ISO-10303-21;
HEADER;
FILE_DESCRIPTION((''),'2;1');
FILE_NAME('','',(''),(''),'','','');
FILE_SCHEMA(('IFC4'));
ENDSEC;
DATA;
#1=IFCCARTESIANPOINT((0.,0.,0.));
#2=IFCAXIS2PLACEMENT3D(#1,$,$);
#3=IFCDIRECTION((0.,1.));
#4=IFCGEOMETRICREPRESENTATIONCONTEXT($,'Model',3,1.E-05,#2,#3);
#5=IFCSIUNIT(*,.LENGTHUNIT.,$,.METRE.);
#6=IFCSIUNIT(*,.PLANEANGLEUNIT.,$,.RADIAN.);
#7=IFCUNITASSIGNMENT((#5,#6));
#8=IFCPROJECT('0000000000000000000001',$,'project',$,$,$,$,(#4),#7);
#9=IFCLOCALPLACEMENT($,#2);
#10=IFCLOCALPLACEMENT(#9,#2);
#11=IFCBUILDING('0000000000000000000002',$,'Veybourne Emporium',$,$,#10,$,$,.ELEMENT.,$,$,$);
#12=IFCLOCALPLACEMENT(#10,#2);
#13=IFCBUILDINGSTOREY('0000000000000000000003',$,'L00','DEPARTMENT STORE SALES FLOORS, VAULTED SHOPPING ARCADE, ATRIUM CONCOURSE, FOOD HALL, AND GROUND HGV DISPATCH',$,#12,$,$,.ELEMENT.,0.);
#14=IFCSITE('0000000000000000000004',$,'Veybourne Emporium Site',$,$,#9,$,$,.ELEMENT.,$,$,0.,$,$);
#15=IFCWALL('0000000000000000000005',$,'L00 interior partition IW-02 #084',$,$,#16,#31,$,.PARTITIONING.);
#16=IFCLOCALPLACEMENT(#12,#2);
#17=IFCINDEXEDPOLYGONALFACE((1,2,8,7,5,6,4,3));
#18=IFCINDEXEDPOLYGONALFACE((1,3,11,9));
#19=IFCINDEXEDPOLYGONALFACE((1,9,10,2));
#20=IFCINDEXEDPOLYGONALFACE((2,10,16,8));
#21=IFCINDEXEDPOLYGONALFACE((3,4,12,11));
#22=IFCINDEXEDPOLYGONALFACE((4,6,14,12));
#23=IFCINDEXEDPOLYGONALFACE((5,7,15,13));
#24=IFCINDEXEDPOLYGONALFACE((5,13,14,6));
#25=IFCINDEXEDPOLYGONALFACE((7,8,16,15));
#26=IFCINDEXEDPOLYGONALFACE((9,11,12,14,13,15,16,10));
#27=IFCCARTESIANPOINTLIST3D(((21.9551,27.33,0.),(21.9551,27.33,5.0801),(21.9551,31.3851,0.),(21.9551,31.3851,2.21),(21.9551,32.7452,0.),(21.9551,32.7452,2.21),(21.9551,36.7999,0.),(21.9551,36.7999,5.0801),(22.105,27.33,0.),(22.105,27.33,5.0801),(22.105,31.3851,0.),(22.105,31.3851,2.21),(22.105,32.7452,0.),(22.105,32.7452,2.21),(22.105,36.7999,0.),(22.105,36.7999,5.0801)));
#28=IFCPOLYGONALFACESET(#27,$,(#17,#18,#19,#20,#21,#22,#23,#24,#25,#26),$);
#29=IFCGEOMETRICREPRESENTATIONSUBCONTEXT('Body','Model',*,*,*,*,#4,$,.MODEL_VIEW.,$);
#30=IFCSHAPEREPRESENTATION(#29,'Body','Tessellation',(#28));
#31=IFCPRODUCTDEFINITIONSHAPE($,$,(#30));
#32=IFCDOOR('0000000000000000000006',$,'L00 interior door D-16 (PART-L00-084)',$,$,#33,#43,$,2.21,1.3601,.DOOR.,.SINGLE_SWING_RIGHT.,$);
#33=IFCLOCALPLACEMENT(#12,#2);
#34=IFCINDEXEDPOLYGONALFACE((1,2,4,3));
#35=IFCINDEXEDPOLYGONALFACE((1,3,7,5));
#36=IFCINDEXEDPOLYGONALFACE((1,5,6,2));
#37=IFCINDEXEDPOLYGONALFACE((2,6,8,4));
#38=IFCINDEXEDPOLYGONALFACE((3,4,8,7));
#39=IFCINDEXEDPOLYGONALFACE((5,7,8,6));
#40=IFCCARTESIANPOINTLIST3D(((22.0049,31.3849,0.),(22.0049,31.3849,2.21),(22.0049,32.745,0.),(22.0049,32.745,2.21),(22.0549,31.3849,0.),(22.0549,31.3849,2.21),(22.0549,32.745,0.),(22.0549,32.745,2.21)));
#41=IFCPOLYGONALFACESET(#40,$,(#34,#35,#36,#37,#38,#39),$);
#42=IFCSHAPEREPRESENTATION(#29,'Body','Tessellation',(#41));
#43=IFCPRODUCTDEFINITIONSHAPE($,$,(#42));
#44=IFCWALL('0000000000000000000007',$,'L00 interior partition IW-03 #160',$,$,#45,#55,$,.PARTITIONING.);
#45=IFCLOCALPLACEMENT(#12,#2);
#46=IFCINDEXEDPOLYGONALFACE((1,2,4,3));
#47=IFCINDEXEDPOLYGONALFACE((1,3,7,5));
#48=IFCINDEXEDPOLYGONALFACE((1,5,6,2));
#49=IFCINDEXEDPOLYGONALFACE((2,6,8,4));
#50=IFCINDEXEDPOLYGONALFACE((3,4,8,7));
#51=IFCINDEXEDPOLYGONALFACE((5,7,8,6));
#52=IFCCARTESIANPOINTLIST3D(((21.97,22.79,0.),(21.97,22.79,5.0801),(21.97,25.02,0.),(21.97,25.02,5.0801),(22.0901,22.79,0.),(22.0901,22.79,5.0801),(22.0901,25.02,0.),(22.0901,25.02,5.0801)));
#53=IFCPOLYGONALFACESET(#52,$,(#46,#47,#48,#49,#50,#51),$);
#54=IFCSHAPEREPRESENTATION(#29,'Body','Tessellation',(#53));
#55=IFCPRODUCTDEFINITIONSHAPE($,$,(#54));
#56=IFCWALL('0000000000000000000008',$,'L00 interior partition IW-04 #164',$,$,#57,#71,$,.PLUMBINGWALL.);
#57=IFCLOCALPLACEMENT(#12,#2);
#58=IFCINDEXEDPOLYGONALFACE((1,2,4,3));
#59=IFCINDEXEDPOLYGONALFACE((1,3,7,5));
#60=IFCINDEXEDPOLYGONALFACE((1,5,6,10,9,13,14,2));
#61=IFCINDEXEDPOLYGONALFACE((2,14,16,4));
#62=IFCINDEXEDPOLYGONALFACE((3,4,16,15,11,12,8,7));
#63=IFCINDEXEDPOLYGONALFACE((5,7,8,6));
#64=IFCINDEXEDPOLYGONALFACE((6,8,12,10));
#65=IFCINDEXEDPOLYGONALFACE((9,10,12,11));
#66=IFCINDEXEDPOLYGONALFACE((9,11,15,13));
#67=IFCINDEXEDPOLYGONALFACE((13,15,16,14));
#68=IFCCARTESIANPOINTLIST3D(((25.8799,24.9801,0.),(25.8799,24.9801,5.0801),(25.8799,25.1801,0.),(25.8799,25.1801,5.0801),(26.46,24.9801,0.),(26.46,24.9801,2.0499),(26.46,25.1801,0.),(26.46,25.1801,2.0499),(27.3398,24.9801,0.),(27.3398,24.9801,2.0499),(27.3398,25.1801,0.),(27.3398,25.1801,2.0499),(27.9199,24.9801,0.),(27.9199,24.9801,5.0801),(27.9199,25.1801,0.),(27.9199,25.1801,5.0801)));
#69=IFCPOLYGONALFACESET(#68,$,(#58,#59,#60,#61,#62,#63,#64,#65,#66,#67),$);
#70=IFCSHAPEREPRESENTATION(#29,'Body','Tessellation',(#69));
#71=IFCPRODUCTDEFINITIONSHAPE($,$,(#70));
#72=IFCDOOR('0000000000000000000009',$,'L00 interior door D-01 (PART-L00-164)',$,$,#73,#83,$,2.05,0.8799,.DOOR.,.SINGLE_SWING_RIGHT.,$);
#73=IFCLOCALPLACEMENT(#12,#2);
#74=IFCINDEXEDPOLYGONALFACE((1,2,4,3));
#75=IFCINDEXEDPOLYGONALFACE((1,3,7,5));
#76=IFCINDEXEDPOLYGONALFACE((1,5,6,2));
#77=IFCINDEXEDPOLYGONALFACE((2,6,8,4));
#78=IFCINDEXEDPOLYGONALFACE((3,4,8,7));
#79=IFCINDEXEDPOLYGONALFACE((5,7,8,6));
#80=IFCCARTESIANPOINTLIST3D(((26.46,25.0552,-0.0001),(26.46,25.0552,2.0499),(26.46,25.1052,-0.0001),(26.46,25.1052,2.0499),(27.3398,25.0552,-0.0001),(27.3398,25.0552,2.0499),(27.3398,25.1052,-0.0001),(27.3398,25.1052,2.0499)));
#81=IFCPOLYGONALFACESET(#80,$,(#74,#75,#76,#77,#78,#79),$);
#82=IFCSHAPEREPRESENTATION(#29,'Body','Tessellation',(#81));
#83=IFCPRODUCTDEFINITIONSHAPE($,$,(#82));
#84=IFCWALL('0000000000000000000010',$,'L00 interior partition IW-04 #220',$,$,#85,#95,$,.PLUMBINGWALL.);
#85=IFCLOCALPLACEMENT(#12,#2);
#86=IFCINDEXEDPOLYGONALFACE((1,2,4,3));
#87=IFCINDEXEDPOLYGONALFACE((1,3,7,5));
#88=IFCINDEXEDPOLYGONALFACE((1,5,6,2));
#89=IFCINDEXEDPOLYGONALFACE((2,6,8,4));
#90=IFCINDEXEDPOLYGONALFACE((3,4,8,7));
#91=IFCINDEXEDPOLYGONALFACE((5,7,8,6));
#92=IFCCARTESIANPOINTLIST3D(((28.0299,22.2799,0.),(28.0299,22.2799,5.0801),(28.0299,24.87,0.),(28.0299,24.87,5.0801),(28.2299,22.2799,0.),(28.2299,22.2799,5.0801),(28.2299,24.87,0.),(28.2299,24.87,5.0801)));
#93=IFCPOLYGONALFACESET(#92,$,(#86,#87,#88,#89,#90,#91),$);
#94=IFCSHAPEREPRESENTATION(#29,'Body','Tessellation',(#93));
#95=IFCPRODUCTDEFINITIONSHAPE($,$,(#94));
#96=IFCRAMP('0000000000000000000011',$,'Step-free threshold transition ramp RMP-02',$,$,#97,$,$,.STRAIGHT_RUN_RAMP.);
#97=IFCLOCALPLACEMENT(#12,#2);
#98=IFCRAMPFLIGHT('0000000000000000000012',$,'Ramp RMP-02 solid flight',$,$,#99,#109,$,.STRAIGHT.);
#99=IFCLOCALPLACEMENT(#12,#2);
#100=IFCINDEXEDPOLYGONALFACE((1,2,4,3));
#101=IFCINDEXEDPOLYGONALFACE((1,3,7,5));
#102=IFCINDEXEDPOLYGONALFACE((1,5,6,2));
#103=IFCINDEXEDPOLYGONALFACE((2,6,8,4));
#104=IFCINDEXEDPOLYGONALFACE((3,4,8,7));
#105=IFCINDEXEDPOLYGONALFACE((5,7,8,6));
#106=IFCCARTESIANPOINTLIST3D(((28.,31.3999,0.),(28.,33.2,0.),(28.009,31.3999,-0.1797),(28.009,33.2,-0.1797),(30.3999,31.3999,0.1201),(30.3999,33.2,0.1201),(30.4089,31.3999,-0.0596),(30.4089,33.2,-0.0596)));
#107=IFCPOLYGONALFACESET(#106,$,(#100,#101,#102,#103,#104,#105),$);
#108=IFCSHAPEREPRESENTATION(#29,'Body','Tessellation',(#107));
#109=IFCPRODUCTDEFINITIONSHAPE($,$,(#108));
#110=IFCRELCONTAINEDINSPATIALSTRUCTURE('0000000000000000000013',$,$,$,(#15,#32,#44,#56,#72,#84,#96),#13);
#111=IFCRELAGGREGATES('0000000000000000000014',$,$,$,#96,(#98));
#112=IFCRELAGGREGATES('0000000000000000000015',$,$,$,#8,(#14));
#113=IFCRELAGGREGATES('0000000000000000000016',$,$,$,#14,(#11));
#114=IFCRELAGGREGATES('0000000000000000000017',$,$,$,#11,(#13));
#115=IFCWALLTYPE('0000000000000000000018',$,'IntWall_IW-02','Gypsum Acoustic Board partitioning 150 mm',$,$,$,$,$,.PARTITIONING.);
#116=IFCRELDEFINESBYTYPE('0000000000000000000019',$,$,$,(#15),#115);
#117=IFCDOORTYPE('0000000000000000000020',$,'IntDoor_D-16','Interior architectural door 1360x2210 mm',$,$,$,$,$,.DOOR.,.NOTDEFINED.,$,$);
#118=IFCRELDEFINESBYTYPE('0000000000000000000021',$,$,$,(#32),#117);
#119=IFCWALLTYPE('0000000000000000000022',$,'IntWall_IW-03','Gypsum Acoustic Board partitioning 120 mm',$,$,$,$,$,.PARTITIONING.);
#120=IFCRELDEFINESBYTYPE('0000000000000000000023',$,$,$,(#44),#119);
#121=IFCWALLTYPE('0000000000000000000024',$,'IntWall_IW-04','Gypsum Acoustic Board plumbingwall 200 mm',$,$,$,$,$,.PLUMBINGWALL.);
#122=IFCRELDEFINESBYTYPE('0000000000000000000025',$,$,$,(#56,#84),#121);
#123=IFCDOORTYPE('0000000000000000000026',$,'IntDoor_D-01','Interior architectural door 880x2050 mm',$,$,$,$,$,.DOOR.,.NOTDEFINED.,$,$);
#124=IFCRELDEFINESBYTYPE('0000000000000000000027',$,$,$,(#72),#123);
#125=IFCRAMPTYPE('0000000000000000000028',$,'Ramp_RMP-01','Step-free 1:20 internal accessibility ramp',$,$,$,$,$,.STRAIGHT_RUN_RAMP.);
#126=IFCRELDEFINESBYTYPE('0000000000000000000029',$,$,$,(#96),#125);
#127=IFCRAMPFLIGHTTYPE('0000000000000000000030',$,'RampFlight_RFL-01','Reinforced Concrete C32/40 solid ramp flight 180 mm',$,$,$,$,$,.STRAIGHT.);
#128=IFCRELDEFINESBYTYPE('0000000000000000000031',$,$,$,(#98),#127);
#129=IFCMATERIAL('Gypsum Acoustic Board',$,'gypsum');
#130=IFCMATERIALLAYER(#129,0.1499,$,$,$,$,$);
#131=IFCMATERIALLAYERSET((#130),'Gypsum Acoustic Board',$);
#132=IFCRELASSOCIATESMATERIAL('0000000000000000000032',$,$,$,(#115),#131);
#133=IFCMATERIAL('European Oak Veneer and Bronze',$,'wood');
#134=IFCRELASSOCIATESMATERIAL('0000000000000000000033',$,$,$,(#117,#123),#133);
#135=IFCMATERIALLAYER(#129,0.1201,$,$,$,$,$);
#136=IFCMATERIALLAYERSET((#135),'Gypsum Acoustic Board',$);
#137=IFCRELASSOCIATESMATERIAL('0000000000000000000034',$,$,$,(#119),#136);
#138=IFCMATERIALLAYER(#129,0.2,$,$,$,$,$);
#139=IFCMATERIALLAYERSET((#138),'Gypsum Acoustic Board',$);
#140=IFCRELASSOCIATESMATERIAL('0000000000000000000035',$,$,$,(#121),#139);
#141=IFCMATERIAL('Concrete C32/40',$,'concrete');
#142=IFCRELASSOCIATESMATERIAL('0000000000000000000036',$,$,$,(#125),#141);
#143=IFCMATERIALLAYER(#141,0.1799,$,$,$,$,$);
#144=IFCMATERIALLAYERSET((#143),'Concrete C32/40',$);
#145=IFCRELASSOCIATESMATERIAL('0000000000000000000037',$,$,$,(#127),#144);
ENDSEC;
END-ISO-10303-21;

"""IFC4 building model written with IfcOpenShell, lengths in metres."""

from ifc_helpers import new_model, si_unit, direction, frame, frame_2d, origin, place, context, subcontext, project, spatial, polyline, rectangle, outline, extrude, material, layer, layer_set, type_object, element, fill, aggregate, save


model = new_model("IFC4")

# Units and contexts
model_context = context("Model", 3, precision=1e-05, world=origin(), true_north=direction((0.0, 1.0)))
body_context = subcontext(model_context, "Body", "Model", "MODEL_VIEW")
ifc_project = project(units=[si_unit("LENGTHUNIT", "METRE"), si_unit("PLANEANGLEUNIT", "RADIAN")], contexts=[model_context])

# Site, building, storey
site_placement = place(None, origin())
site = spatial("IfcSite", under=ifc_project, at=site_placement, Name="Veybourne Emporium Site", CompositionType="ELEMENT", RefElevation=0.0)
building_placement = place(site_placement, origin())
building = spatial("IfcBuilding", under=site, at=building_placement, Name="Veybourne Emporium", CompositionType="ELEMENT")
storey_placement = place(building_placement, origin())
storey = spatial("IfcBuildingStorey", under=building, at=storey_placement, Name="L00", Description="DEPARTMENT STORE SALES FLOORS, VAULTED SHOPPING ARCADE, ATRIUM CONCOURSE, FOOD HALL, AND GROUND HGV DISPATCH", CompositionType="ELEMENT", Elevation=0.0)

# Shared definitions
ifc_material_1 = material(Name="Concrete C32/40", Category="concrete")

# Wall, opening, door
ifc_material_2 = material(Name="Gypsum Acoustic Board", Category="gypsum")
ifc_material_3 = material(Name="European Oak Veneer and Bronze", Category="wood")
ifc_layer_1 = layer(ifc_material_2, 0.1499)
ifc_layer_set_1 = layer_set([ifc_layer_1], Name="Gypsum Acoustic Board")
wall_type_1 = type_object("IfcWallType", Name="IntWall_IW-02", Description="Gypsum Acoustic Board partitioning 150 mm", PredefinedType="PARTITIONING", material=ifc_layer_set_1)
wall_1_placement = place(storey_placement, frame((22.03, 27.3301, 0.0), z_axis=(0.0, 0.0, 1.0), x_axis=(0.0, 1.0, 0.0)))
wall_1 = element("IfcWall", 1, at=wall_1_placement, inside=storey, type_object=wall_type_1, Name="L00 interior partition IW-02 #084", PredefinedType="PARTITIONING", context=body_context, shape_type="SweptSolid", body=[
    extrude(rectangle(XDim=9.47, YDim=0.1499, at=frame_2d((4.7349, 0.0))), origin(), (0.0, 0.0, 1.0), 5.0801),
])
opening_1_placement = place(wall_1_placement, frame((4.0549, 0.0, 0.0)))
opening_1 = element("IfcOpeningElement", 2, at=opening_1_placement, cuts=wall_1, PredefinedType="OPENING", context=body_context, shape_type="SweptSolid", body=[
    extrude(rectangle(XDim=1.3601, YDim=2.21, at=frame_2d((0.6802, 1.105))), frame((0.0, 0.095, 0.0), z_axis=(0.0, -1.0, 0.0), x_axis=(1.0, 0.0, 0.0)), (0.0, 0.0, 1.0), 0.1899),
])
door_type_1 = type_object("IfcDoorType", Name="IntDoor_D-16", Description="Interior architectural door 1360x2210 mm", OperationType="NOTDEFINED", PredefinedType="DOOR", material=ifc_material_3)
door_1_placement = place(opening_1_placement, frame((1.3601, 0.0, 0.0), z_axis=(0.0, 0.0, 1.0), x_axis=(-1.0, 0.0, 0.0)))
door_1 = element("IfcDoor", 3, at=door_1_placement, inside=storey, type_object=door_type_1, Name="L00 interior door D-16 (PART-L00-084)", OperationType="SINGLE_SWING_RIGHT", OverallHeight=2.21, OverallWidth=1.3601, PredefinedType="DOOR", context=body_context, shape_type="SweptSolid", body=[
    extrude(rectangle(XDim=1.3601, YDim=2.21, at=frame_2d((0.6802, 1.105))), frame((0.0, 0.0249, 0.0), z_axis=(0.0, -1.0, 0.0), x_axis=(1.0, 0.0, 0.0)), (0.0, 0.0, 1.0), 0.05),
])
fill(opening_1, door_1)

# Wall
ifc_layer_2 = layer(ifc_material_2, 0.1201)
ifc_layer_set_2 = layer_set([ifc_layer_2], Name="Gypsum Acoustic Board")
wall_type_2 = type_object("IfcWallType", Name="IntWall_IW-03", Description="Gypsum Acoustic Board partitioning 120 mm", PredefinedType="PARTITIONING", material=ifc_layer_set_2)
wall_2_placement = place(storey_placement, frame((22.03, 22.79, 0.0), z_axis=(0.0, 0.0, 1.0), x_axis=(0.0, 1.0, 0.0)))
element("IfcWall", 4, at=wall_2_placement, inside=storey, type_object=wall_type_2, Name="L00 interior partition IW-03 #160", PredefinedType="PARTITIONING", context=body_context, shape_type="SweptSolid", body=[
    extrude(rectangle(XDim=2.23, YDim=0.1201, at=frame_2d((1.115, 0.0))), origin(), (0.0, 0.0, 1.0), 5.0801),
])

# Wall, opening, door
ifc_layer_3 = layer(ifc_material_2, 0.2)
ifc_layer_set_3 = layer_set([ifc_layer_3], Name="Gypsum Acoustic Board")
wall_type_3 = type_object("IfcWallType", Name="IntWall_IW-04", Description="Gypsum Acoustic Board plumbingwall 200 mm", PredefinedType="PLUMBINGWALL", material=ifc_layer_set_3)
wall_3_placement = place(storey_placement, frame((25.8799, 25.0801, 0.0), z_axis=(0.0, 0.0, 1.0), x_axis=(1.0, 0.0, 0.0)))
wall_3 = element("IfcWall", 5, at=wall_3_placement, inside=storey, type_object=wall_type_3, Name="L00 interior partition IW-04 #164", PredefinedType="PLUMBINGWALL", context=body_context, shape_type="SweptSolid", body=[
    extrude(rectangle(XDim=2.04, YDim=0.2, at=frame_2d((1.02, 0.0))), origin(), (0.0, 0.0, 1.0), 5.0801),
])
opening_2_placement = place(wall_3_placement, frame((0.5801, 0.0, 0.0)))
opening_2 = element("IfcOpeningElement", 6, at=opening_2_placement, cuts=wall_3, PredefinedType="OPENING", context=body_context, shape_type="SweptSolid", body=[
    extrude(rectangle(XDim=0.8799, YDim=2.05, at=frame_2d((0.4399, 1.0249))), frame((0.0, 0.1201, 0.0), z_axis=(0.0, -1.0, 0.0), x_axis=(1.0, 0.0, 0.0)), (0.0, 0.0, 1.0), 0.24),
])
door_type_2 = type_object("IfcDoorType", Name="IntDoor_D-01", Description="Interior architectural door 880x2050 mm", OperationType="NOTDEFINED", PredefinedType="DOOR", material=ifc_material_3)
door_2_placement = place(opening_2_placement, frame((0.8799, 0.0, 0.0), z_axis=(0.0, 0.0, 1.0), x_axis=(-1.0, 0.0, 0.0)))
door_2 = element("IfcDoor", 7, at=door_2_placement, inside=storey, type_object=door_type_2, Name="L00 interior door D-01 (PART-L00-164)", OperationType="SINGLE_SWING_RIGHT", OverallHeight=2.05, OverallWidth=0.8799, PredefinedType="DOOR", context=body_context, shape_type="SweptSolid", body=[
    extrude(rectangle(XDim=0.8799, YDim=2.05, at=frame_2d((0.4399, 1.0249))), frame((0.0, 0.0249, 0.0), z_axis=(0.0, -1.0, 0.0), x_axis=(1.0, 0.0, 0.0)), (0.0, 0.0, 1.0), 0.05),
])
fill(opening_2, door_2)

# Wall
wall_4_placement = place(storey_placement, frame((28.1299, 22.28, 0.0), z_axis=(0.0, 0.0, 1.0), x_axis=(0.0, 1.0, 0.0)))
element("IfcWall", 8, at=wall_4_placement, inside=storey, type_object=wall_type_3, Name="L00 interior partition IW-04 #220", PredefinedType="PLUMBINGWALL", context=body_context, shape_type="SweptSolid", body=[
    extrude(rectangle(XDim=2.5901, YDim=0.2, at=frame_2d((1.2949, 0.0))), origin(), (0.0, 0.0, 1.0), 5.0801),
])

# Ramp, ramp flight
ramp_type = type_object("IfcRampType", Name="Ramp_RMP-01", Description="Step-free 1:20 internal accessibility ramp", PredefinedType="STRAIGHT_RUN_RAMP", material=ifc_material_1)
ramp_placement = place(storey_placement, origin())
ramp = element("IfcRamp", 9, at=ramp_placement, inside=storey, type_object=ramp_type, Name="Step-free threshold transition ramp RMP-02", PredefinedType="STRAIGHT_RUN_RAMP")
ifc_layer_4 = layer(ifc_material_1, 0.1799)
ifc_layer_set_4 = layer_set([ifc_layer_4], Name="Concrete C32/40")
ramp_flight_type = type_object("IfcRampFlightType", Name="RampFlight_RFL-01", Description="Reinforced Concrete C32/40 solid ramp flight 180 mm", PredefinedType="STRAIGHT", material=ifc_layer_set_4)
ramp_flight_placement = place(storey_placement, frame((28.0, 31.3999, 0.0), z_axis=(-0.049988, 0.0, 0.99875), x_axis=(0.99875, 0.0, 0.049988)))
ramp_flight = element("IfcRampFlight", 10, at=ramp_flight_placement, type_object=ramp_flight_type, Name="Ramp RMP-02 solid flight", PredefinedType="STRAIGHT", context=body_context, shape_type="SweptSolid", body=[
    extrude(outline(polyline([(0.0, 0.0), (2.4029, 0.0), (2.4029, 1.8), (0.0, 1.8), (0.0, 0.0)])), origin(), (0.0, 0.0, -1.0), 0.1799),
])
aggregate(ramp, [ramp_flight])

save(model, "model.ifc")
